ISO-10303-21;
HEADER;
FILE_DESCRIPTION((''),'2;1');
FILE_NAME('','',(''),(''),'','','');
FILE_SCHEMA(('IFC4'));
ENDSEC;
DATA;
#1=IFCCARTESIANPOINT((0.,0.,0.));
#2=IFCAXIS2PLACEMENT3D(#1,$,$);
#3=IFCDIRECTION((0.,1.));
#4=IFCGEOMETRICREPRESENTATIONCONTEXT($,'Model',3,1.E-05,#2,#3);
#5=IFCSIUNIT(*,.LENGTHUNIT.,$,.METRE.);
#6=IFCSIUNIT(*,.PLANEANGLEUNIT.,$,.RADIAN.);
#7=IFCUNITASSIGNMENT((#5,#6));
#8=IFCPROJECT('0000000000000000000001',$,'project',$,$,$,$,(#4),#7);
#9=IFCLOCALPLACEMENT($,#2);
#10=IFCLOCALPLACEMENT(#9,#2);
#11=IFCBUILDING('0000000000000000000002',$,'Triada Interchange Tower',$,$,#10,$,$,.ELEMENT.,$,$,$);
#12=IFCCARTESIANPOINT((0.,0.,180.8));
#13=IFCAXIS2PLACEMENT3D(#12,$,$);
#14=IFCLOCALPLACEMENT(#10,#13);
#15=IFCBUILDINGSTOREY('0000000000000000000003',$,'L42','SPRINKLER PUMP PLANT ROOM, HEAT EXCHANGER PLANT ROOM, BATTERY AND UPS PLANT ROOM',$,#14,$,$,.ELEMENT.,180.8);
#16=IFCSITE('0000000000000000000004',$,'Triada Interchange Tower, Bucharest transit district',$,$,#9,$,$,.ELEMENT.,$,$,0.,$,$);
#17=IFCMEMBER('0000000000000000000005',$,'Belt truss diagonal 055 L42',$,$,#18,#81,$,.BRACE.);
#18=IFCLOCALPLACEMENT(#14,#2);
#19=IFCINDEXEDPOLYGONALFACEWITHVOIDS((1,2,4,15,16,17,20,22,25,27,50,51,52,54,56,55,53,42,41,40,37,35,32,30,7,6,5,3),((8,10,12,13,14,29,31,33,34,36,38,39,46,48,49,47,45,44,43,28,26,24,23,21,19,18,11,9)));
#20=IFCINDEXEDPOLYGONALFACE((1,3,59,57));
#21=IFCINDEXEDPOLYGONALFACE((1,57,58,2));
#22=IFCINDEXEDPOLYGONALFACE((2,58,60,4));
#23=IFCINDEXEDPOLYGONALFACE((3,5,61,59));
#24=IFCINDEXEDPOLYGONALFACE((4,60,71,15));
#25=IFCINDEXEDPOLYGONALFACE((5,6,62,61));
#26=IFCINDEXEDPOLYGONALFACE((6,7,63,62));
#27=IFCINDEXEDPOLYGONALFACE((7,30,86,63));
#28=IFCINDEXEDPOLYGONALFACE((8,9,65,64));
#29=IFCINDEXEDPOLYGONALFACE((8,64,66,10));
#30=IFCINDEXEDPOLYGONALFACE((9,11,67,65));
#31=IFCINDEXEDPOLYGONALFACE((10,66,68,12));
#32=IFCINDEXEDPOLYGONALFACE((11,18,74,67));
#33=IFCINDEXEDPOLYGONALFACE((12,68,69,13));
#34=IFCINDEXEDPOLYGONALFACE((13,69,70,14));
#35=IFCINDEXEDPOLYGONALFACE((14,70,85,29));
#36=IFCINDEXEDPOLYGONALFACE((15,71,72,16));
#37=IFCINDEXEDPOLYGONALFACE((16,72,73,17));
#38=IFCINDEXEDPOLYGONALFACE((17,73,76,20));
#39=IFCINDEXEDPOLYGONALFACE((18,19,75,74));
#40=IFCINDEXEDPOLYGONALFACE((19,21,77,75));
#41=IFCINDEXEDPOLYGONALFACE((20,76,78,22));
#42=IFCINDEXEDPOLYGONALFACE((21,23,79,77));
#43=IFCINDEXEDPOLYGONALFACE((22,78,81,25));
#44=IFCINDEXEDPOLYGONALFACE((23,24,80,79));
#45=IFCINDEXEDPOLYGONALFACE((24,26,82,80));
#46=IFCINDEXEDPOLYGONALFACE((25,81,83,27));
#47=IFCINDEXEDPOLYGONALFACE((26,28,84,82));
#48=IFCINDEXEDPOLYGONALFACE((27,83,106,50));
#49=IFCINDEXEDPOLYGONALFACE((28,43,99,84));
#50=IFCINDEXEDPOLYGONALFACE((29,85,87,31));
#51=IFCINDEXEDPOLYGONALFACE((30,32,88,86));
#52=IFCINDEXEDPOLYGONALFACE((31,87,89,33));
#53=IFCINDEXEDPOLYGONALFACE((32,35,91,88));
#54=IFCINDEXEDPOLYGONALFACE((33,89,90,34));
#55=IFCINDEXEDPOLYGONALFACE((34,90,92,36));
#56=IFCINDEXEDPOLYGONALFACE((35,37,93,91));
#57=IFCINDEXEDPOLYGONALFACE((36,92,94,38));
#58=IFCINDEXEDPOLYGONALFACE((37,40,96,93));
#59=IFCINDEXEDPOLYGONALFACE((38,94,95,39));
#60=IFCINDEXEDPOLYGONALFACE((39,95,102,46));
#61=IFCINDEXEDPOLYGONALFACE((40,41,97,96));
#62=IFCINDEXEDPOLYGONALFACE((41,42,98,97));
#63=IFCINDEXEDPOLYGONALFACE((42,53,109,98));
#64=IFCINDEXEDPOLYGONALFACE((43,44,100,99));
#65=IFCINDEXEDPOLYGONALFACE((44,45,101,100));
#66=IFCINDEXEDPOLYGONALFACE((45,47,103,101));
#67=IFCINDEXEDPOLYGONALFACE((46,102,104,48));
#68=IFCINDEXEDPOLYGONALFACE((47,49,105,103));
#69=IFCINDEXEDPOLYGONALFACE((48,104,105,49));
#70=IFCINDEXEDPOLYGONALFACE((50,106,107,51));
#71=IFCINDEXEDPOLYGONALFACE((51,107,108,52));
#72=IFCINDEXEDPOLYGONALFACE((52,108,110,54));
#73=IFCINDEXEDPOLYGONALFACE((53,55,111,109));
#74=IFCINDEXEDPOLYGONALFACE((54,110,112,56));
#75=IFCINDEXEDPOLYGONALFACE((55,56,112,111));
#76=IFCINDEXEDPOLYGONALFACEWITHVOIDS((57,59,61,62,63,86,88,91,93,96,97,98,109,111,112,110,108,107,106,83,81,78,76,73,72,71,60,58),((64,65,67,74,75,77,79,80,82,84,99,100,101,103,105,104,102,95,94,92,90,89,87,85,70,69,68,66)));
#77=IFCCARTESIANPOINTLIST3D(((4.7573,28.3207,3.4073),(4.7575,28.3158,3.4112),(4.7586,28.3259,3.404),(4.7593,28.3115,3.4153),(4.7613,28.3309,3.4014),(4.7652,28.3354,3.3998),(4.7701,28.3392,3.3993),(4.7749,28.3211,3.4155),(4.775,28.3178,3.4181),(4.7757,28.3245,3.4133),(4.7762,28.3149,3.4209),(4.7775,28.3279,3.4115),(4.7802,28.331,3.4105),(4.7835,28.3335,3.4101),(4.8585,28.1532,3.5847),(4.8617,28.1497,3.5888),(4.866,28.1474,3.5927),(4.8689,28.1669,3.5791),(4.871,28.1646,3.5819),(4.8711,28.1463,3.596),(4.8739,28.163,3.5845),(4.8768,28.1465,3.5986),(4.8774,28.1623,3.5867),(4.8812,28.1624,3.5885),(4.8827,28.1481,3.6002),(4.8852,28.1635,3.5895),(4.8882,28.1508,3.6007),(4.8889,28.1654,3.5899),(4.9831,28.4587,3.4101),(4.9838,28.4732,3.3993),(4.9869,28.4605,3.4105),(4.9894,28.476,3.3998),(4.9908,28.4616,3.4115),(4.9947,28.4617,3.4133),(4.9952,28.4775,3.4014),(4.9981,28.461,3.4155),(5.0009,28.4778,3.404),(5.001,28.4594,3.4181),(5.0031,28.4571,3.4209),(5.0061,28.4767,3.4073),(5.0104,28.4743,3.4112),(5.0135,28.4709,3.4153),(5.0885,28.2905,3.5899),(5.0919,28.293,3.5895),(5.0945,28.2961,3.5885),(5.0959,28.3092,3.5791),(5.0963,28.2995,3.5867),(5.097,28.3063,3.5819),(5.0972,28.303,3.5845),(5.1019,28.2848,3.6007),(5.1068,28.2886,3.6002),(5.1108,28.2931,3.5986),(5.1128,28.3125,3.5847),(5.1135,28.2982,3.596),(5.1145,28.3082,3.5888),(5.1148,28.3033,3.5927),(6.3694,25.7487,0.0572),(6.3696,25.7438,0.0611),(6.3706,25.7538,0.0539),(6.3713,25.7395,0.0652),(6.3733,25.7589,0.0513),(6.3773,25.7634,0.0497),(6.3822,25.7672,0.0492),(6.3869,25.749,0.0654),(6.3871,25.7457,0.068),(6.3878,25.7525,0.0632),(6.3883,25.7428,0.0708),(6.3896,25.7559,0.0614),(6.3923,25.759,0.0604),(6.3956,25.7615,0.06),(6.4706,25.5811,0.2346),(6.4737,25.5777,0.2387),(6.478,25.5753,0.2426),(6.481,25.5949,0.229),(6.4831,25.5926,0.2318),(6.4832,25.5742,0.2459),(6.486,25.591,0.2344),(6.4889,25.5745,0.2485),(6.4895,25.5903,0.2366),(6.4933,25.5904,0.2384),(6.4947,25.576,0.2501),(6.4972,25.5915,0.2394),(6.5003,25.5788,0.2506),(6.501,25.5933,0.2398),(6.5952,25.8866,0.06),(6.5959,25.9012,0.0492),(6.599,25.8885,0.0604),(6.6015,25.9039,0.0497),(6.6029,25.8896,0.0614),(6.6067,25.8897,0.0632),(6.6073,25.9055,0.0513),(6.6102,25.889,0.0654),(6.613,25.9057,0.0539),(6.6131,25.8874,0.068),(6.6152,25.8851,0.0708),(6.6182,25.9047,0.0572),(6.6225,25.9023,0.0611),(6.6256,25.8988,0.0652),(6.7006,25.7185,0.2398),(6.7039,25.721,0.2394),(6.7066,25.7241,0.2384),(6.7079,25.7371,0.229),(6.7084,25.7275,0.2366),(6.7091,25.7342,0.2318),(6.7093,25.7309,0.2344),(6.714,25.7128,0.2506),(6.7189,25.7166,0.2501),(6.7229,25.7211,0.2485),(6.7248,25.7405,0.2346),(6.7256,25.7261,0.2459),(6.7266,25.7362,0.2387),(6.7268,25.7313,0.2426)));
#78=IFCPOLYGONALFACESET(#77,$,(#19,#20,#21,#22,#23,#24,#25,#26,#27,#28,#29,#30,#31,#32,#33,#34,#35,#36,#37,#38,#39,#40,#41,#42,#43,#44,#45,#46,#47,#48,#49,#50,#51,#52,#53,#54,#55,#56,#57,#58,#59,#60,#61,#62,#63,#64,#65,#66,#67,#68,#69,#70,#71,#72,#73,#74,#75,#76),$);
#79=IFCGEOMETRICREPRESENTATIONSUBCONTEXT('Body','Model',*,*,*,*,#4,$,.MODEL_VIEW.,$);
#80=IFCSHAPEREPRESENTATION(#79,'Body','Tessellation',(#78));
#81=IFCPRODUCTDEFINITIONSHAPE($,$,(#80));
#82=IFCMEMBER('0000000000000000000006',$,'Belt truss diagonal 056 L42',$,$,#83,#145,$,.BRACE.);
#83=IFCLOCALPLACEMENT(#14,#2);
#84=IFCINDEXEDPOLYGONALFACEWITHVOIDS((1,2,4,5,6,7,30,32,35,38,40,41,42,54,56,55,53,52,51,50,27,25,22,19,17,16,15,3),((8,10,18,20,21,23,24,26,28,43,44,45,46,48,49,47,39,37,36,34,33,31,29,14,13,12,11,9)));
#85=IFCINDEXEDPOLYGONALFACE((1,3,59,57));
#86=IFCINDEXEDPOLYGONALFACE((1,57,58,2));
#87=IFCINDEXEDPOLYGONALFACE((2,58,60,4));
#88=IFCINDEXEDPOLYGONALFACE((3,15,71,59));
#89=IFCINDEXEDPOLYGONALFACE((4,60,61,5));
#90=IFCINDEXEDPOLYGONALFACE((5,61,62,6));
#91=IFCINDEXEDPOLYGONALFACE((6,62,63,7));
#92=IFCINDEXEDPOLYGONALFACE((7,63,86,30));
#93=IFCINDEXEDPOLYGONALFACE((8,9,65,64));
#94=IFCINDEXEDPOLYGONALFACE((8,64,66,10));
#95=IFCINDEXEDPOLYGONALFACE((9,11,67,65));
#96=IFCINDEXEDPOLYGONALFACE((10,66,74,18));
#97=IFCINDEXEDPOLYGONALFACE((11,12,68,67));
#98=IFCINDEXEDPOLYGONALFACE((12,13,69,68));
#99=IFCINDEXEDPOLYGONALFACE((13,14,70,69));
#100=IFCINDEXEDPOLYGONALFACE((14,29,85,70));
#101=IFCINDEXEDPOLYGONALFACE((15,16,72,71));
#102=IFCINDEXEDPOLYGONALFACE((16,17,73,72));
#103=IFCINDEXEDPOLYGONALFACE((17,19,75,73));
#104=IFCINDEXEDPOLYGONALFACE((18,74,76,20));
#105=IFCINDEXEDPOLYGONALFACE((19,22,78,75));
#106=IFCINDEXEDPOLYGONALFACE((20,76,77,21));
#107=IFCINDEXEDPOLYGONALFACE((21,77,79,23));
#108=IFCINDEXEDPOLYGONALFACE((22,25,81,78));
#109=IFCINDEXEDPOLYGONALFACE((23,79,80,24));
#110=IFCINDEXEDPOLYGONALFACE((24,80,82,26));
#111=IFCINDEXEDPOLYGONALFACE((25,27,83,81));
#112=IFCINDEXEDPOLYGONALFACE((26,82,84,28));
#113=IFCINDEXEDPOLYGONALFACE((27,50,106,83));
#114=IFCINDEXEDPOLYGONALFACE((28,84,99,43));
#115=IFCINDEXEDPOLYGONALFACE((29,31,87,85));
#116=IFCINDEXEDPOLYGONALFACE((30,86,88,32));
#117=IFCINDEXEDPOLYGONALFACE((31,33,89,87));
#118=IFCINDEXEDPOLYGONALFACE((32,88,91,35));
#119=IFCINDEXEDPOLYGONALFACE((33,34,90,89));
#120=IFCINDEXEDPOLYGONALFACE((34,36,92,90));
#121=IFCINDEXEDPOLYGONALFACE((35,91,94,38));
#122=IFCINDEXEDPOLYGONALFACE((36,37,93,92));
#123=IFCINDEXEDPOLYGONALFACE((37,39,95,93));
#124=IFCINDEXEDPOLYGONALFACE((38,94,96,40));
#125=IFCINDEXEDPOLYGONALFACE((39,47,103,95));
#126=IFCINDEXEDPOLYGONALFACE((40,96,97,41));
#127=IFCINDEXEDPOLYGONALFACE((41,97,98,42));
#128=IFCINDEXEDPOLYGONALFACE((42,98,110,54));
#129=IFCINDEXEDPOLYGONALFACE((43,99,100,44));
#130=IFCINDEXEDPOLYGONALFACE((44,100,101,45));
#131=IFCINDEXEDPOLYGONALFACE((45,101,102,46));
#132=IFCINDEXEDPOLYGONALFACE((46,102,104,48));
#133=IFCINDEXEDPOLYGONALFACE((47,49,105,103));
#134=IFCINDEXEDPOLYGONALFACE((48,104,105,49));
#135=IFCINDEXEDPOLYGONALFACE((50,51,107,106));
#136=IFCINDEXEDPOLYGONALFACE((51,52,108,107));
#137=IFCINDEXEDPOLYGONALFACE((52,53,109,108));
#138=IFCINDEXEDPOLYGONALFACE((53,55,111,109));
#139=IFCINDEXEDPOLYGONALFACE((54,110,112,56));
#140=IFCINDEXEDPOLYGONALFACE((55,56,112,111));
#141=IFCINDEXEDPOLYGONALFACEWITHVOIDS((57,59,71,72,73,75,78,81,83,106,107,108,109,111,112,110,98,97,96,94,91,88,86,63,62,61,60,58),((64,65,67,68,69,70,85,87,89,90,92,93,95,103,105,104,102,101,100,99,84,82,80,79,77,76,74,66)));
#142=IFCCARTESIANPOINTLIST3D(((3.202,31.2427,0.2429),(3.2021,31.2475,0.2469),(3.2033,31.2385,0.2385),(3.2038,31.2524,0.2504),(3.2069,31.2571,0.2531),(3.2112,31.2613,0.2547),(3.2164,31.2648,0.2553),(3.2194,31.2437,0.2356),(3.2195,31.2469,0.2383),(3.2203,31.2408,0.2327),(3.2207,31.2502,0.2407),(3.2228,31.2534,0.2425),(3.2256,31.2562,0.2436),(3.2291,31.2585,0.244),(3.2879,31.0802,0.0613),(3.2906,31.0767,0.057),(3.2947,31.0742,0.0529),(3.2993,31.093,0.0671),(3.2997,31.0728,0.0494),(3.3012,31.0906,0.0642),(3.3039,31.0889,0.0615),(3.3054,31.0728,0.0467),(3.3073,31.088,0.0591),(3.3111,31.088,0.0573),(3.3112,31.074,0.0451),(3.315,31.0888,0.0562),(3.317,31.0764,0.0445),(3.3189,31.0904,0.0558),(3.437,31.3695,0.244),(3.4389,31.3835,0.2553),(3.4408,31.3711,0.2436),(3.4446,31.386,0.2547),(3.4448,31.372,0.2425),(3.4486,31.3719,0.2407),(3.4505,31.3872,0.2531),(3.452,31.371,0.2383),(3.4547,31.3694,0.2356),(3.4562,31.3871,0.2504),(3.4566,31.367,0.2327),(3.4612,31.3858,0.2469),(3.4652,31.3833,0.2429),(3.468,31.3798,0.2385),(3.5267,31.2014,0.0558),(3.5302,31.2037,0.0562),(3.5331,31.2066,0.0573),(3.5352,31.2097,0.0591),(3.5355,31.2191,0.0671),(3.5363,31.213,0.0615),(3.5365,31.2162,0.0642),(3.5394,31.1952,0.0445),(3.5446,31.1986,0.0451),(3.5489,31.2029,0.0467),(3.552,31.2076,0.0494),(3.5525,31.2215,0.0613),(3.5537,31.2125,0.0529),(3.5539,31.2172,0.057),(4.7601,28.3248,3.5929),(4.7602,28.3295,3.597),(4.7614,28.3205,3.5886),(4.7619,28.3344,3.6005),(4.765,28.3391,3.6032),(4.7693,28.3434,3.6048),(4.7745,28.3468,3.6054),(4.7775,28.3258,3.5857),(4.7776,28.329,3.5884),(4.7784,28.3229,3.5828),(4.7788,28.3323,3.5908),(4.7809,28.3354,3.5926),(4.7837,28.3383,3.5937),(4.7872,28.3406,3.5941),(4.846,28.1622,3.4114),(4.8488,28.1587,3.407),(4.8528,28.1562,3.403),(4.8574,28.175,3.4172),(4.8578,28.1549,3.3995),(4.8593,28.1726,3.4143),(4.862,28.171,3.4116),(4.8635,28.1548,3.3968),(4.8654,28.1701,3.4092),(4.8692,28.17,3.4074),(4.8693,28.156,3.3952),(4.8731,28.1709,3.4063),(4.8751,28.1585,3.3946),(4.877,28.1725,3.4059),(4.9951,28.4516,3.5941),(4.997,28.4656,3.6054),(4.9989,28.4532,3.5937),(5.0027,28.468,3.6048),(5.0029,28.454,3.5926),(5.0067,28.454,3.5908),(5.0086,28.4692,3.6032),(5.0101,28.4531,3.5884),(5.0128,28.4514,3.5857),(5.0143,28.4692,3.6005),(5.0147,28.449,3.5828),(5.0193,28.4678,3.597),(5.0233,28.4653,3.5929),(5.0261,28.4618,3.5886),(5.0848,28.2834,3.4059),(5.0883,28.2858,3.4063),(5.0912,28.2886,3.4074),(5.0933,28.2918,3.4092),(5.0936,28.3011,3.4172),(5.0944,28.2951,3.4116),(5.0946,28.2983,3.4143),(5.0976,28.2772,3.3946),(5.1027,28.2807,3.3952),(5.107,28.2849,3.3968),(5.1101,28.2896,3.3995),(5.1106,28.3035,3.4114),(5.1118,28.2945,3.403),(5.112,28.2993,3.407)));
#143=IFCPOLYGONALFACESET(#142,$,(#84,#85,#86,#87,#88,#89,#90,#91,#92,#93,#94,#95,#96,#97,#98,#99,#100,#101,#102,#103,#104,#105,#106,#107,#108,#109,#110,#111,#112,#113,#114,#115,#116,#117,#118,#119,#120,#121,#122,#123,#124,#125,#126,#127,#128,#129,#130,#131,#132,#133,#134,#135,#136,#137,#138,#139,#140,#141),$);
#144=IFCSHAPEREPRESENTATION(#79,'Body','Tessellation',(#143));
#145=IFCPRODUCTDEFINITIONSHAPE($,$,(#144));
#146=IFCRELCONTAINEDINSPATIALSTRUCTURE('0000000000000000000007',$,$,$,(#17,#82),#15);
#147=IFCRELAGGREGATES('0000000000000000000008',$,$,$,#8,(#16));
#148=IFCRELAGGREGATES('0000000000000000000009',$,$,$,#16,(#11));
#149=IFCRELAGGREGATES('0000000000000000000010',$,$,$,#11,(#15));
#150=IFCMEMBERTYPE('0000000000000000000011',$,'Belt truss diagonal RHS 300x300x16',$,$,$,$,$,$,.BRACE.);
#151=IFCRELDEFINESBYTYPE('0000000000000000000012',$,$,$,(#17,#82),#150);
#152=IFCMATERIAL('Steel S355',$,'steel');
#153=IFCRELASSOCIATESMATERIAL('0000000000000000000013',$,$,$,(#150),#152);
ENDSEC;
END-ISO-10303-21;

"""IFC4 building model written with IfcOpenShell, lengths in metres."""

from ifc_helpers import new_model, si_unit, direction, frame, origin, origin_2d, place, context, subcontext, project, spatial, hollow_rectangle, extrude, material, material_profile, profile_set, type_object, element, save


model = new_model("IFC4")

# Units and contexts
model_context = context("Model", 3, precision=1e-05, world=origin(), true_north=direction((0.0, 1.0)))
body_context = subcontext(model_context, "Body", "Model", "MODEL_VIEW")
ifc_project = project(units=[si_unit("LENGTHUNIT", "METRE"), si_unit("PLANEANGLEUNIT", "RADIAN")], contexts=[model_context])

# Site, building, storey
site_placement = place(None, origin())
site = spatial("IfcSite", under=ifc_project, at=site_placement, Name="Triada Interchange Tower, Bucharest transit district", CompositionType="ELEMENT", RefElevation=0.0)
building_placement = place(site_placement, origin())
building = spatial("IfcBuilding", under=site, at=building_placement, Name="Triada Interchange Tower", CompositionType="ELEMENT")
storey_placement = place(building_placement, frame((0.0, 0.0, 180.8)))
storey = spatial("IfcBuildingStorey", under=building, at=storey_placement, Name="L42", Description="SPRINKLER PUMP PLANT ROOM, HEAT EXCHANGER PLANT ROOM, BATTERY AND UPS PLANT ROOM", CompositionType="ELEMENT", Elevation=180.8)

# Members
ifc_material_1 = material(Name="Steel S355", Category="steel")
ifc_material_profile_1 = material_profile(ifc_material_1, hollow_rectangle(XDim=0.3, YDim=0.3, WallThickness=0.0161, InnerFilletRadius=0.0161, OuterFilletRadius=0.0239, at=origin_2d()), Name="RHS 300x300x16")
ifc_profile_set_1 = profile_set([ifc_material_profile_1], Name="Steel S355")
member_type_1 = type_object("IfcMemberType", Name="Belt truss diagonal RHS 300x300x16", PredefinedType="BRACE", material=ifc_profile_set_1)
member_1_placement = place(storey_placement, frame((6.5481, 25.74, 0.1499), z_axis=(-0.356591, 0.568937, 0.741049), x_axis=(-0.847324, -0.531076, 0.0)))
element("IfcMember", 1, at=member_1_placement, inside=storey, type_object=member_type_1, Name="Belt truss diagonal 055 L42", PredefinedType="BRACE", context=body_context, shape_type="SweptSolid", body=[
    extrude(hollow_rectangle(XDim=0.3, YDim=0.3, WallThickness=0.0161, InnerFilletRadius=0.0161, OuterFilletRadius=0.0239, at=origin_2d()), origin(), (0.0, 0.0, 1.0), 4.5208),
])
member_2_placement = place(storey_placement, frame((3.3779, 31.23, 0.1499), z_axis=(0.330948, -0.619788, 0.711574), x_axis=(0.88212, 0.471025, 0.0)))
element("IfcMember", 2, at=member_2_placement, inside=storey, type_object=member_type_1, Name="Belt truss diagonal 056 L42", PredefinedType="BRACE", context=body_context, shape_type="SweptSolid", body=[
    extrude(hollow_rectangle(XDim=0.3, YDim=0.3, WallThickness=0.0161, InnerFilletRadius=0.0161, OuterFilletRadius=0.0239, at=origin_2d()), origin(), (0.0, 0.0, 1.0), 4.708),
])

save(model, "model.ifc")
